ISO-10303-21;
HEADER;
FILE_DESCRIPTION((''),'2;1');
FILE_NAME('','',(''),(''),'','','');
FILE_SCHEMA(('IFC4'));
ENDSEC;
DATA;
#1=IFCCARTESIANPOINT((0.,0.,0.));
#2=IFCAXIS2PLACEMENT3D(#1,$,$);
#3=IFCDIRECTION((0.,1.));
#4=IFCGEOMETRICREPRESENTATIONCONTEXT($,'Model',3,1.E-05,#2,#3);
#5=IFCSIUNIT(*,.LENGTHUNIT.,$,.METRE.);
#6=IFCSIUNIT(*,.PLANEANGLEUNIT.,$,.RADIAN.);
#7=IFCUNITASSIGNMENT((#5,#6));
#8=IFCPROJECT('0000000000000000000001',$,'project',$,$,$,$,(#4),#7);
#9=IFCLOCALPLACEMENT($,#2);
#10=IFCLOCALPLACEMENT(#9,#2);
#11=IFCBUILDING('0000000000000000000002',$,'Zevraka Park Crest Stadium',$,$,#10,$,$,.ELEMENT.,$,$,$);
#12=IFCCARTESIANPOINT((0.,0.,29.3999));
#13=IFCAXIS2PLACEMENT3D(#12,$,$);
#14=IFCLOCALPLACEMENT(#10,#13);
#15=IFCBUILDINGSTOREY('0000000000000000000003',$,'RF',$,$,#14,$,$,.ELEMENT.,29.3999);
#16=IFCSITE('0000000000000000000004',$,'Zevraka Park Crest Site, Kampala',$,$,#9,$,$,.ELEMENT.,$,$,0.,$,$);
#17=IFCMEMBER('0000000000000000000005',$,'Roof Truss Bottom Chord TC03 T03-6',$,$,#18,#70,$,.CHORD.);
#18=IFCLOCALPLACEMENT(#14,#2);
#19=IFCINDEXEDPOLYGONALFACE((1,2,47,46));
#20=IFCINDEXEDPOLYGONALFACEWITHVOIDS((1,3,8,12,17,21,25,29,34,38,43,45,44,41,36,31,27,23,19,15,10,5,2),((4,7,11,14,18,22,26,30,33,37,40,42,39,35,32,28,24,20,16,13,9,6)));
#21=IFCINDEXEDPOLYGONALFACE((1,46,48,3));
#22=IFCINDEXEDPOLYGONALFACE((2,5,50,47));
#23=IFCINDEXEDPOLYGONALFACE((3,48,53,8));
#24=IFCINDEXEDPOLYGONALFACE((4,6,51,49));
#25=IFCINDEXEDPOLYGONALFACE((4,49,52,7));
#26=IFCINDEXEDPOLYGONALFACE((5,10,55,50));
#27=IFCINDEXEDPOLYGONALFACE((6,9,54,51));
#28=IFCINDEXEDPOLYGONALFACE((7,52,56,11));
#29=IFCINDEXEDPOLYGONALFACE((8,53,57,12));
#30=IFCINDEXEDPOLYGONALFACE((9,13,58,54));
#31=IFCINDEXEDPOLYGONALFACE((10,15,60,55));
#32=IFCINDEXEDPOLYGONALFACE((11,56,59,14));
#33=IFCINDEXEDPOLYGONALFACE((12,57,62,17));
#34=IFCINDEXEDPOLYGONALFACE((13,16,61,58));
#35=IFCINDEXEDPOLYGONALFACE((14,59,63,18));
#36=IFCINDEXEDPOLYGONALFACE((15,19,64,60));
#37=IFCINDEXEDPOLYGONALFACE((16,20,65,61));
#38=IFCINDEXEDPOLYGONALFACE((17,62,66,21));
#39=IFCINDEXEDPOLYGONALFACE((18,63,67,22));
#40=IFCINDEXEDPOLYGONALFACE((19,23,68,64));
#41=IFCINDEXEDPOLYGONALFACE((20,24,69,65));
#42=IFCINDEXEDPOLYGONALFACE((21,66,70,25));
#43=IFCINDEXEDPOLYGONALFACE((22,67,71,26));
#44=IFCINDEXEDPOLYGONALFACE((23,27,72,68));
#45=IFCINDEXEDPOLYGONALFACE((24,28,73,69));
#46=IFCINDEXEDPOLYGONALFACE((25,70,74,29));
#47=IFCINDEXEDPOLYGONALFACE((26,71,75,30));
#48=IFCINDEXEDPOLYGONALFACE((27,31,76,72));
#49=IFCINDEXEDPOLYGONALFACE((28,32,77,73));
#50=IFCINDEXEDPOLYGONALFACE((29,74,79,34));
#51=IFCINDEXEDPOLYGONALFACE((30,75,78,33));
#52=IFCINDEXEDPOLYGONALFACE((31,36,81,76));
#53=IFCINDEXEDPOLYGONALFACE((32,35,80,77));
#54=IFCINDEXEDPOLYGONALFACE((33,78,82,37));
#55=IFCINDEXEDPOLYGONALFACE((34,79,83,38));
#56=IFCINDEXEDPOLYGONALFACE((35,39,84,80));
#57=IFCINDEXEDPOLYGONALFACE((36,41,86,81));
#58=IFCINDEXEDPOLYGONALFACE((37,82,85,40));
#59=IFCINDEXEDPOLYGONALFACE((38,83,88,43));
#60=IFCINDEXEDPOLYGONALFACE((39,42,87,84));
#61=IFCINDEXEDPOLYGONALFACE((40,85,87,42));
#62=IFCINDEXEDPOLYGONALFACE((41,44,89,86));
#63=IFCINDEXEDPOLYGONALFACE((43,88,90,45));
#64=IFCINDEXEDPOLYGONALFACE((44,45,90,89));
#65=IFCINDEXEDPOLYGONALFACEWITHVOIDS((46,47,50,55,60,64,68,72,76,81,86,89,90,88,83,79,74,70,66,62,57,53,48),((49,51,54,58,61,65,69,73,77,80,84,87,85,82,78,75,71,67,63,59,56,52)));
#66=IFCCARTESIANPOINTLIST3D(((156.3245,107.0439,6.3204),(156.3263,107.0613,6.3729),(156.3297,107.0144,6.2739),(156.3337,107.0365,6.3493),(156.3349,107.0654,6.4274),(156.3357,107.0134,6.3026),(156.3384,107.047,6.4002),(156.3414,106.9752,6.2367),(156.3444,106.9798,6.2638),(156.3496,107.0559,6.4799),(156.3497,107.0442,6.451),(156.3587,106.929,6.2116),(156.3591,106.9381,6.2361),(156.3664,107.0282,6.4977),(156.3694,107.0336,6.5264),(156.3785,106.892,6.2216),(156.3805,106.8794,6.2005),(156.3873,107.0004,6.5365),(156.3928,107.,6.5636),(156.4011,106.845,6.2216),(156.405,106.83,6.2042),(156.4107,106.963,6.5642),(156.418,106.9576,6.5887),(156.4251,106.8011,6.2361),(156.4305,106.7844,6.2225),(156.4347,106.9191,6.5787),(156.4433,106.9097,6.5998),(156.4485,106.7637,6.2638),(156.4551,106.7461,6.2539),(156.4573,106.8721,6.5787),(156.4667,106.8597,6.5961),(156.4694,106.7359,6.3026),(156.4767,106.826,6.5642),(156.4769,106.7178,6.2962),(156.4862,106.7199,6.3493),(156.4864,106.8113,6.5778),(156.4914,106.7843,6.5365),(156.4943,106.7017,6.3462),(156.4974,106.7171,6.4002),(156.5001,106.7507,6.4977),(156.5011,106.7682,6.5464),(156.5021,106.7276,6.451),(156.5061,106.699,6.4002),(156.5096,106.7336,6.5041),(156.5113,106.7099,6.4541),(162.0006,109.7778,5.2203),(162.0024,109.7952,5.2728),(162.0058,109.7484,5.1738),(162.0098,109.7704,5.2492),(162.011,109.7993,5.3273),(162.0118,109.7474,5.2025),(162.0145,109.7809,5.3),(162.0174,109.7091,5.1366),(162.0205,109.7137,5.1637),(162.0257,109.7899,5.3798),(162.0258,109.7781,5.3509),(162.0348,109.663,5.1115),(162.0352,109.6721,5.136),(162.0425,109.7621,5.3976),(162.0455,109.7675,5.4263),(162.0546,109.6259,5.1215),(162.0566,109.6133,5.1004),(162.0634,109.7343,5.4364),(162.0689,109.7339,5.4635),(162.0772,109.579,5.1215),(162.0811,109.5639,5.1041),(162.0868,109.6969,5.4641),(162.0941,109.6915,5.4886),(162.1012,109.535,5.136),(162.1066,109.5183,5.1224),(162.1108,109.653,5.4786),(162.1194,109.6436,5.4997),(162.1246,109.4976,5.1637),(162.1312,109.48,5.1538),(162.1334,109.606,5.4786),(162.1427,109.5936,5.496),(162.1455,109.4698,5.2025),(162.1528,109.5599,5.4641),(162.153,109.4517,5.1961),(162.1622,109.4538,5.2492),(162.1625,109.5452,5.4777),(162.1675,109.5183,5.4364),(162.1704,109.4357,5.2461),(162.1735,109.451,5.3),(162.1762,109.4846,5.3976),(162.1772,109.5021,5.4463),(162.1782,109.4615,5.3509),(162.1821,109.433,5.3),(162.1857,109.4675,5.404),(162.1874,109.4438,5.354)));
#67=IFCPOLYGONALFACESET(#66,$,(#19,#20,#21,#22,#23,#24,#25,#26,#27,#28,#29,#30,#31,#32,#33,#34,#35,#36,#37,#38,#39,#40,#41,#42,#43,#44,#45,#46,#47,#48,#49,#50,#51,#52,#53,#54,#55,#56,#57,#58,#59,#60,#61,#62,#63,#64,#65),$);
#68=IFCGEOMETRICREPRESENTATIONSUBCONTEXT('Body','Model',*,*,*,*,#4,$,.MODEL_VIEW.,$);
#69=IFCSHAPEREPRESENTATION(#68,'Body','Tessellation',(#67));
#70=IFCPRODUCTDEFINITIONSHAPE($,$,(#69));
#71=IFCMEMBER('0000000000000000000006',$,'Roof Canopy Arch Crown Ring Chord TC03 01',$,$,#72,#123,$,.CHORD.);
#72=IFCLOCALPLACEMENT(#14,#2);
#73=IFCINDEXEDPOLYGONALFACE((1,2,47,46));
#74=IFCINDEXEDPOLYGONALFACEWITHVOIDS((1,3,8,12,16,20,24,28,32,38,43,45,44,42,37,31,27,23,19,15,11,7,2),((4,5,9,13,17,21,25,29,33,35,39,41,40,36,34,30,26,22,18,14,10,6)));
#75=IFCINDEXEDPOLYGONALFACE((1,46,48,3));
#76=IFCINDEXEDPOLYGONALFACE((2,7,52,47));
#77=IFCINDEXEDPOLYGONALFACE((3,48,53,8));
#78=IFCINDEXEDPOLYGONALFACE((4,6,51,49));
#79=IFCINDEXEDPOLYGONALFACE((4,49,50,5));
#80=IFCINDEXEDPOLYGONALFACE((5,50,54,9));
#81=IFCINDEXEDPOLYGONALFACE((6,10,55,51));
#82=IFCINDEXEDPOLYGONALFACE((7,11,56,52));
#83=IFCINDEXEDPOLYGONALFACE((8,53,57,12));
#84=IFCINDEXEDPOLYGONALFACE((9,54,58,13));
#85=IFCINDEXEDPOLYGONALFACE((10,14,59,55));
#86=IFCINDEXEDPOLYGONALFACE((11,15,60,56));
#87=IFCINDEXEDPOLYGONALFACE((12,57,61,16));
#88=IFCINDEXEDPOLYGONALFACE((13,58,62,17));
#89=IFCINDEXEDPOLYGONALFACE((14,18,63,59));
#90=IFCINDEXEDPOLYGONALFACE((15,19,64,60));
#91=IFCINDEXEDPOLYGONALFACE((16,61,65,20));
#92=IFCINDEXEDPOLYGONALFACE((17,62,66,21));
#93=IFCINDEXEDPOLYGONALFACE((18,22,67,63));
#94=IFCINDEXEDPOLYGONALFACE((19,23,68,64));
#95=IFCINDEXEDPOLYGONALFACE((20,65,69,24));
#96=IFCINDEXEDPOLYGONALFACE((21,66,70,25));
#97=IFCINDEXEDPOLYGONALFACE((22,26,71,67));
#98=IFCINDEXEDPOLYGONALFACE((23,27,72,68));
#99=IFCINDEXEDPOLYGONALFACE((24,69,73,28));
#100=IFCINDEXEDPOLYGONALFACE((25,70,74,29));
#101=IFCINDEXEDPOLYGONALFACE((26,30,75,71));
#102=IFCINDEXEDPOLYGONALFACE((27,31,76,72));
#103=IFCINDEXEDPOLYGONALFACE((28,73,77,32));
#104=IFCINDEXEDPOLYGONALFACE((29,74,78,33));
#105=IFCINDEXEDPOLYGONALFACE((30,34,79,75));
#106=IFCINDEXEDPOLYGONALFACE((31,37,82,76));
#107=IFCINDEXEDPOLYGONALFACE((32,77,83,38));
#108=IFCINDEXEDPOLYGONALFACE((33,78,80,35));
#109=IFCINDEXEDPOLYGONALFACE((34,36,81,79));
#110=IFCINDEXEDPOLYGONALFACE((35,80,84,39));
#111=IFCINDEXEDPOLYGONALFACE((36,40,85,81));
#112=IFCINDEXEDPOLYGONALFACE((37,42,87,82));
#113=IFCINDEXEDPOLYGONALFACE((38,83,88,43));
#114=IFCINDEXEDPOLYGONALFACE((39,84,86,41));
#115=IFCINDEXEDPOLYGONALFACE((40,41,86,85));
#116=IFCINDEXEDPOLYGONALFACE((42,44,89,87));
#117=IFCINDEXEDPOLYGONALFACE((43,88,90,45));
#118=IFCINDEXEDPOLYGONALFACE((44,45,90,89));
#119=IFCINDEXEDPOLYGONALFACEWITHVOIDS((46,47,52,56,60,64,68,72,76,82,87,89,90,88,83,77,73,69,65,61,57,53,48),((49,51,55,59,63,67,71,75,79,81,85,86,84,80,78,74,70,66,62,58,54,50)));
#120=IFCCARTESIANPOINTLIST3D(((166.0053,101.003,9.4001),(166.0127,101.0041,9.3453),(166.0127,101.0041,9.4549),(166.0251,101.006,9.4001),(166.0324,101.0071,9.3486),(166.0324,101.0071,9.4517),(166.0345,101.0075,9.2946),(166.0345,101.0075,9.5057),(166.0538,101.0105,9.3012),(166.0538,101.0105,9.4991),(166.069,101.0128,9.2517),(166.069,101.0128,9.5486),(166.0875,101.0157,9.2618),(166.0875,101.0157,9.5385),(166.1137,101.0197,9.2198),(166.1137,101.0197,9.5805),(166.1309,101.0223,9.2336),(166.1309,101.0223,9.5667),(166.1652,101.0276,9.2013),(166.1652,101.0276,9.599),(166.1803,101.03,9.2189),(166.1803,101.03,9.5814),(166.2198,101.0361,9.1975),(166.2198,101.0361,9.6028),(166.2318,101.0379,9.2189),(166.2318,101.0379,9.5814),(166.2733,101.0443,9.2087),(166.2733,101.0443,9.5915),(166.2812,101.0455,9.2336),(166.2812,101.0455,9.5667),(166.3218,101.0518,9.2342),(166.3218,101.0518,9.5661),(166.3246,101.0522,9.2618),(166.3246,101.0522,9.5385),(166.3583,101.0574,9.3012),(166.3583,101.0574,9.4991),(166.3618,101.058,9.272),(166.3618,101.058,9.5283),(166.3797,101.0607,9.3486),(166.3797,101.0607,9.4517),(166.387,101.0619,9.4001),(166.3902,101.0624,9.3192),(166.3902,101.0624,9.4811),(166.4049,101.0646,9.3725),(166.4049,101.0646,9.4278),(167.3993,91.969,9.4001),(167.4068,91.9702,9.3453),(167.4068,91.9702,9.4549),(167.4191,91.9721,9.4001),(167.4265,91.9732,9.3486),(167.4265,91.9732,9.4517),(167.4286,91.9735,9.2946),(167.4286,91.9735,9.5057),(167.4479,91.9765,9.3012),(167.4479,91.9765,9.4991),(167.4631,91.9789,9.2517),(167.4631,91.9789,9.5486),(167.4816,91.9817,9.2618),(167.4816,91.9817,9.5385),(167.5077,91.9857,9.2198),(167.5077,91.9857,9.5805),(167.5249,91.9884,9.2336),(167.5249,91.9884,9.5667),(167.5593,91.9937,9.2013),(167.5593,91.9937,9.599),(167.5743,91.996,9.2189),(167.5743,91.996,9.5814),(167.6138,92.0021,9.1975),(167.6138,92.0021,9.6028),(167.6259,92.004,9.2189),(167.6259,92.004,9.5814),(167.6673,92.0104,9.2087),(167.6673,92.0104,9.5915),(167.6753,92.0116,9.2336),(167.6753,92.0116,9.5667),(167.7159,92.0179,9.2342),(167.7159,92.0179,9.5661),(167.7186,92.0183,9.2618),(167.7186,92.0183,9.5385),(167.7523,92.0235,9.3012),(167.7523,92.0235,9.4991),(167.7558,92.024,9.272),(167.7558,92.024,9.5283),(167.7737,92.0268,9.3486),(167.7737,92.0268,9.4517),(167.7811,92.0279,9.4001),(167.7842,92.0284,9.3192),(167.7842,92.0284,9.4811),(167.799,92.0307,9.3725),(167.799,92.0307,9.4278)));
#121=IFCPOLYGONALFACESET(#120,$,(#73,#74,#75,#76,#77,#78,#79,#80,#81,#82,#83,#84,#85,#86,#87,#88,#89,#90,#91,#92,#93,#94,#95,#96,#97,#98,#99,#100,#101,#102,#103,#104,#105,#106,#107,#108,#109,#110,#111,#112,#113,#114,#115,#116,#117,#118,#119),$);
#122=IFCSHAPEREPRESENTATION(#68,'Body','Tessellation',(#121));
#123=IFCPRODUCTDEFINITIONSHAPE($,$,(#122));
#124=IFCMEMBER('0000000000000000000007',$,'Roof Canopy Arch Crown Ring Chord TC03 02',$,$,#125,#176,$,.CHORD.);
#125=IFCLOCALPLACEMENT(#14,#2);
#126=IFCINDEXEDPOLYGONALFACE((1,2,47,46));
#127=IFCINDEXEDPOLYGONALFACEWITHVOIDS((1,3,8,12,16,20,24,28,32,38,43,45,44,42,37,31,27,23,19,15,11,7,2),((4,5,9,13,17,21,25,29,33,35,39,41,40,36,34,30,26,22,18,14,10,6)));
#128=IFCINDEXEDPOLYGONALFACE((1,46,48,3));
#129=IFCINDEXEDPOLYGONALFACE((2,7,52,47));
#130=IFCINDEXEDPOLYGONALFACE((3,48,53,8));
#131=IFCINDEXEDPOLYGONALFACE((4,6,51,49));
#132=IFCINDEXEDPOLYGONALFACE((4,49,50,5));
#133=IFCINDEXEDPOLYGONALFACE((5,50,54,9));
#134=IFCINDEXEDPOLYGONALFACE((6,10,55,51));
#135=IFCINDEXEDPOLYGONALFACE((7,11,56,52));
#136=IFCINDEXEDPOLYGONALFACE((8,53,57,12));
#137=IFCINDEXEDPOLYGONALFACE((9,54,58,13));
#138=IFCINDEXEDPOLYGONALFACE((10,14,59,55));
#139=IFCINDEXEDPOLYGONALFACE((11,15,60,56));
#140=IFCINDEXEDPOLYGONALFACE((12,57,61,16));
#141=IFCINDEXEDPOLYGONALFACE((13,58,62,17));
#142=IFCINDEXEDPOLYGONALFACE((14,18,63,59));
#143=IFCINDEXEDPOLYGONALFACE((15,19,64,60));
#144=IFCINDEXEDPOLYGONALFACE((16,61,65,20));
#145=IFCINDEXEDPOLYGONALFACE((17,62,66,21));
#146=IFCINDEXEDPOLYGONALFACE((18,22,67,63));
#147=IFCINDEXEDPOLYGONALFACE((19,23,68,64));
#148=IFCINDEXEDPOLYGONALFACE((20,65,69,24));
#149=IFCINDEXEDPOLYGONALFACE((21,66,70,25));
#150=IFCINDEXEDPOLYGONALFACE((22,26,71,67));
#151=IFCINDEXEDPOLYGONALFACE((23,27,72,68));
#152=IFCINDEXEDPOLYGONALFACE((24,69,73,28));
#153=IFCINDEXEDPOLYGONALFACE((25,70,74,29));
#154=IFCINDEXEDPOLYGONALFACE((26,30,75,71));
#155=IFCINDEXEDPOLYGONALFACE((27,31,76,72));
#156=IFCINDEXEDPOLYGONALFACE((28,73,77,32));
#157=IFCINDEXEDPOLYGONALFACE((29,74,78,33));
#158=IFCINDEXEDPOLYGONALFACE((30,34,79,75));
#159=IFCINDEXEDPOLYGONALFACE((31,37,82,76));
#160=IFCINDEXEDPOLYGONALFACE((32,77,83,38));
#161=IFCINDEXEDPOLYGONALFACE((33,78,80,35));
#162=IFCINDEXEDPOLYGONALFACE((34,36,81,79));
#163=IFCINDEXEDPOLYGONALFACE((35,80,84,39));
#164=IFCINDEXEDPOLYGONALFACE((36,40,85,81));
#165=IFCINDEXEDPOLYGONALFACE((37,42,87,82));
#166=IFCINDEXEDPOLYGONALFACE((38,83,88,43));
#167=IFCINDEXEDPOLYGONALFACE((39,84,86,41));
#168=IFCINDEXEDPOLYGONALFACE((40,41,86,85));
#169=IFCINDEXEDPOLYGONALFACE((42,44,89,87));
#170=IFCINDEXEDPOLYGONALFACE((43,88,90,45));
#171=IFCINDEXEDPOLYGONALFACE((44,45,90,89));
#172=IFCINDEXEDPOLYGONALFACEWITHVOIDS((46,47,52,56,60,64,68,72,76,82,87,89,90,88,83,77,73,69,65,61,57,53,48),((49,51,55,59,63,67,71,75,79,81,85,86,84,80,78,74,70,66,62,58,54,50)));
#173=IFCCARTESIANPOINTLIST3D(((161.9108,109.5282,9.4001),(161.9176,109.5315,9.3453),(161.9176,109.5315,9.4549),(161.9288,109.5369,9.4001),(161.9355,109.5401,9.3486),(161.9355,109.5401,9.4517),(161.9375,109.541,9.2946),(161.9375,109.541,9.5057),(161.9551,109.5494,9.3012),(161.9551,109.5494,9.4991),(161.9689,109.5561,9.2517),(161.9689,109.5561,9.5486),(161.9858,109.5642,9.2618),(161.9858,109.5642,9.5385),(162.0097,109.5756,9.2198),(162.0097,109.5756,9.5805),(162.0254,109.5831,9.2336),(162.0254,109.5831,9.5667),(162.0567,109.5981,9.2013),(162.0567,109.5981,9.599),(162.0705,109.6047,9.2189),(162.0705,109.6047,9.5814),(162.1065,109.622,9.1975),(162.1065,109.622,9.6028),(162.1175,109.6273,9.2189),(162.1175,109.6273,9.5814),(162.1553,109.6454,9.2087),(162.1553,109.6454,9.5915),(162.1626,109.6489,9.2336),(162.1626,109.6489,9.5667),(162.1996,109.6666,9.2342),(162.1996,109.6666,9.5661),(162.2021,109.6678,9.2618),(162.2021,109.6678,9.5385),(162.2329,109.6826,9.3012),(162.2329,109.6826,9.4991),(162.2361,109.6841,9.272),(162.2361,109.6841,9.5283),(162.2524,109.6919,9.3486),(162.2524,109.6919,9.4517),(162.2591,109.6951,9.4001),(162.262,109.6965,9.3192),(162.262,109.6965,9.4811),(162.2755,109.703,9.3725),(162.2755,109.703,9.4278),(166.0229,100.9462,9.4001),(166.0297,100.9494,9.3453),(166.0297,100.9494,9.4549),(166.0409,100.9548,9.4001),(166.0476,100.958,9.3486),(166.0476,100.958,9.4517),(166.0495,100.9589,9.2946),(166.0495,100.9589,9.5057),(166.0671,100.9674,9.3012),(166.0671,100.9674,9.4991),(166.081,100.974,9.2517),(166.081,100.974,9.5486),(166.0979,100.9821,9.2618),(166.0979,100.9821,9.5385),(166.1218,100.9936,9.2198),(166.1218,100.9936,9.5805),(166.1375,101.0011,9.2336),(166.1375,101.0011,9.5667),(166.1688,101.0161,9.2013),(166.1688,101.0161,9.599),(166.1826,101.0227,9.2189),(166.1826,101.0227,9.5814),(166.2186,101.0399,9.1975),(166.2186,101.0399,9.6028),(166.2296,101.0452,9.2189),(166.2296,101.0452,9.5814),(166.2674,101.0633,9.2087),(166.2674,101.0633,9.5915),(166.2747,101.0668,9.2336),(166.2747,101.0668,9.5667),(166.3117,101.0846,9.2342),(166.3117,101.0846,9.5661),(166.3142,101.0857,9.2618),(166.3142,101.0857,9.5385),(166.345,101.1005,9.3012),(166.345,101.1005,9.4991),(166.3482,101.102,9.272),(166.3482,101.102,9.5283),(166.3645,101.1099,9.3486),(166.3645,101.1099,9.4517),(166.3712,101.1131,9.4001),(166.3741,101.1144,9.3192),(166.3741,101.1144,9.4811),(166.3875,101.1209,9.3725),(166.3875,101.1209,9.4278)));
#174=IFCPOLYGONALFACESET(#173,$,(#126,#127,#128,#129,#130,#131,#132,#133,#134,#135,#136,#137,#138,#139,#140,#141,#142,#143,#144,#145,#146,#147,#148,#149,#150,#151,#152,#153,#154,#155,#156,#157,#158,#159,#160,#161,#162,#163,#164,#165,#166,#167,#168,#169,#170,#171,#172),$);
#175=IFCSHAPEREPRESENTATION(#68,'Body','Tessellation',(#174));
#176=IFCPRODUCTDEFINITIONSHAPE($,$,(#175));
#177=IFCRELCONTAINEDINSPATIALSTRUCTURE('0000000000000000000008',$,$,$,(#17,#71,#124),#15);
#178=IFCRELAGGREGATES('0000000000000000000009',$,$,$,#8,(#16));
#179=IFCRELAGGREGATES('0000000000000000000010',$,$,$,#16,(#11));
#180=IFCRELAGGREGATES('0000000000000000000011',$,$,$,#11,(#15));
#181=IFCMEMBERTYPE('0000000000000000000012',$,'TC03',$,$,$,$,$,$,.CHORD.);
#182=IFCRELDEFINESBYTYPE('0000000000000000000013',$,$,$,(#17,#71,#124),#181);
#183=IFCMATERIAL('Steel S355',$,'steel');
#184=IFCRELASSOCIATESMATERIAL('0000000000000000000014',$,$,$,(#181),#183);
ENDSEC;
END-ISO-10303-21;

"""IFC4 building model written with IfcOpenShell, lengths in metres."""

from ifc_helpers import new_model, si_unit, direction, frame, origin, origin_2d, place, context, subcontext, project, spatial, hollow_circle, extrude, material, material_profile, profile_set, type_object, element, save


model = new_model("IFC4")

# Units and contexts
model_context = context("Model", 3, precision=1e-05, world=origin(), true_north=direction((0.0, 1.0)))
body_context = subcontext(model_context, "Body", "Model", "MODEL_VIEW")
ifc_project = project(units=[si_unit("LENGTHUNIT", "METRE"), si_unit("PLANEANGLEUNIT", "RADIAN")], contexts=[model_context])

# Site, building, storey
site_placement = place(None, origin())
site = spatial("IfcSite", under=ifc_project, at=site_placement, Name="Zevraka Park Crest Site, Kampala", CompositionType="ELEMENT", RefElevation=0.0)
building_placement = place(site_placement, origin())
building = spatial("IfcBuilding", under=site, at=building_placement, Name="Zevraka Park Crest Stadium", CompositionType="ELEMENT")
storey_placement = place(building_placement, frame((0.0, 0.0, 29.3999)))
storey = spatial("IfcBuildingStorey", under=building, at=storey_placement, Name="RF", CompositionType="ELEMENT", Elevation=29.3999)

# Members
ifc_material_1 = material(Name="Steel S355", Category="steel")
ifc_material_profile_1 = material_profile(ifc_material_1, hollow_circle(Radius=0.2031, WallThickness=0.02, at=origin_2d()), Name="CHS 406.4x20")
ifc_profile_set_1 = profile_set([ifc_material_profile_1], Name="Steel S355")
member_type_1 = type_object("IfcMemberType", Name="TC03", PredefinedType="CHORD", material=ifc_profile_set_1)
member_1_placement = place(storey_placement, frame((162.094, 109.616, 5.3), z_axis=(-0.887512, -0.427475, 0.172013), x_axis=(0.433943, -0.900941, 0.0)))
element("IfcMember", 1, at=member_1_placement, inside=storey, type_object=member_type_1, Name="Roof Truss Bottom Chord TC03 T03-6", PredefinedType="CHORD", context=body_context, shape_type="SweptSolid", body=[
    extrude(hollow_circle(Radius=0.2031, WallThickness=0.02, at=origin_2d()), origin(), (0.0, 0.0, 1.0), 6.3955),
])
member_2_placement = place(storey_placement, frame((167.6001, 92.0, 9.4001), z_axis=(-0.152507, 0.988302, 0.0), x_axis=(-0.988302, -0.152507, 0.0)))
element("IfcMember", 2, at=member_2_placement, inside=storey, type_object=member_type_1, Name="Roof Canopy Arch Crown Ring Chord TC03 01", PredefinedType="CHORD", context=body_context, shape_type="SweptSolid", body=[
    extrude(hollow_circle(Radius=0.2031, WallThickness=0.02, at=origin_2d()), origin(), (0.0, 0.0, 1.0), 9.1409),
])
member_3_placement = place(storey_placement, frame((166.2061, 101.0339, 9.4001), z_axis=(-0.432106, 0.901823, 0.0), x_axis=(-0.901823, -0.432106, 0.0)))
element("IfcMember", 3, at=member_3_placement, inside=storey, type_object=member_type_1, Name="Roof Canopy Arch Crown Ring Chord TC03 02", PredefinedType="CHORD", context=body_context, shape_type="SweptSolid", body=[
    extrude(hollow_circle(Radius=0.2031, WallThickness=0.02, at=origin_2d()), origin(), (0.0, 0.0, 1.0), 9.5164),
])

save(model, "model.ifc")
